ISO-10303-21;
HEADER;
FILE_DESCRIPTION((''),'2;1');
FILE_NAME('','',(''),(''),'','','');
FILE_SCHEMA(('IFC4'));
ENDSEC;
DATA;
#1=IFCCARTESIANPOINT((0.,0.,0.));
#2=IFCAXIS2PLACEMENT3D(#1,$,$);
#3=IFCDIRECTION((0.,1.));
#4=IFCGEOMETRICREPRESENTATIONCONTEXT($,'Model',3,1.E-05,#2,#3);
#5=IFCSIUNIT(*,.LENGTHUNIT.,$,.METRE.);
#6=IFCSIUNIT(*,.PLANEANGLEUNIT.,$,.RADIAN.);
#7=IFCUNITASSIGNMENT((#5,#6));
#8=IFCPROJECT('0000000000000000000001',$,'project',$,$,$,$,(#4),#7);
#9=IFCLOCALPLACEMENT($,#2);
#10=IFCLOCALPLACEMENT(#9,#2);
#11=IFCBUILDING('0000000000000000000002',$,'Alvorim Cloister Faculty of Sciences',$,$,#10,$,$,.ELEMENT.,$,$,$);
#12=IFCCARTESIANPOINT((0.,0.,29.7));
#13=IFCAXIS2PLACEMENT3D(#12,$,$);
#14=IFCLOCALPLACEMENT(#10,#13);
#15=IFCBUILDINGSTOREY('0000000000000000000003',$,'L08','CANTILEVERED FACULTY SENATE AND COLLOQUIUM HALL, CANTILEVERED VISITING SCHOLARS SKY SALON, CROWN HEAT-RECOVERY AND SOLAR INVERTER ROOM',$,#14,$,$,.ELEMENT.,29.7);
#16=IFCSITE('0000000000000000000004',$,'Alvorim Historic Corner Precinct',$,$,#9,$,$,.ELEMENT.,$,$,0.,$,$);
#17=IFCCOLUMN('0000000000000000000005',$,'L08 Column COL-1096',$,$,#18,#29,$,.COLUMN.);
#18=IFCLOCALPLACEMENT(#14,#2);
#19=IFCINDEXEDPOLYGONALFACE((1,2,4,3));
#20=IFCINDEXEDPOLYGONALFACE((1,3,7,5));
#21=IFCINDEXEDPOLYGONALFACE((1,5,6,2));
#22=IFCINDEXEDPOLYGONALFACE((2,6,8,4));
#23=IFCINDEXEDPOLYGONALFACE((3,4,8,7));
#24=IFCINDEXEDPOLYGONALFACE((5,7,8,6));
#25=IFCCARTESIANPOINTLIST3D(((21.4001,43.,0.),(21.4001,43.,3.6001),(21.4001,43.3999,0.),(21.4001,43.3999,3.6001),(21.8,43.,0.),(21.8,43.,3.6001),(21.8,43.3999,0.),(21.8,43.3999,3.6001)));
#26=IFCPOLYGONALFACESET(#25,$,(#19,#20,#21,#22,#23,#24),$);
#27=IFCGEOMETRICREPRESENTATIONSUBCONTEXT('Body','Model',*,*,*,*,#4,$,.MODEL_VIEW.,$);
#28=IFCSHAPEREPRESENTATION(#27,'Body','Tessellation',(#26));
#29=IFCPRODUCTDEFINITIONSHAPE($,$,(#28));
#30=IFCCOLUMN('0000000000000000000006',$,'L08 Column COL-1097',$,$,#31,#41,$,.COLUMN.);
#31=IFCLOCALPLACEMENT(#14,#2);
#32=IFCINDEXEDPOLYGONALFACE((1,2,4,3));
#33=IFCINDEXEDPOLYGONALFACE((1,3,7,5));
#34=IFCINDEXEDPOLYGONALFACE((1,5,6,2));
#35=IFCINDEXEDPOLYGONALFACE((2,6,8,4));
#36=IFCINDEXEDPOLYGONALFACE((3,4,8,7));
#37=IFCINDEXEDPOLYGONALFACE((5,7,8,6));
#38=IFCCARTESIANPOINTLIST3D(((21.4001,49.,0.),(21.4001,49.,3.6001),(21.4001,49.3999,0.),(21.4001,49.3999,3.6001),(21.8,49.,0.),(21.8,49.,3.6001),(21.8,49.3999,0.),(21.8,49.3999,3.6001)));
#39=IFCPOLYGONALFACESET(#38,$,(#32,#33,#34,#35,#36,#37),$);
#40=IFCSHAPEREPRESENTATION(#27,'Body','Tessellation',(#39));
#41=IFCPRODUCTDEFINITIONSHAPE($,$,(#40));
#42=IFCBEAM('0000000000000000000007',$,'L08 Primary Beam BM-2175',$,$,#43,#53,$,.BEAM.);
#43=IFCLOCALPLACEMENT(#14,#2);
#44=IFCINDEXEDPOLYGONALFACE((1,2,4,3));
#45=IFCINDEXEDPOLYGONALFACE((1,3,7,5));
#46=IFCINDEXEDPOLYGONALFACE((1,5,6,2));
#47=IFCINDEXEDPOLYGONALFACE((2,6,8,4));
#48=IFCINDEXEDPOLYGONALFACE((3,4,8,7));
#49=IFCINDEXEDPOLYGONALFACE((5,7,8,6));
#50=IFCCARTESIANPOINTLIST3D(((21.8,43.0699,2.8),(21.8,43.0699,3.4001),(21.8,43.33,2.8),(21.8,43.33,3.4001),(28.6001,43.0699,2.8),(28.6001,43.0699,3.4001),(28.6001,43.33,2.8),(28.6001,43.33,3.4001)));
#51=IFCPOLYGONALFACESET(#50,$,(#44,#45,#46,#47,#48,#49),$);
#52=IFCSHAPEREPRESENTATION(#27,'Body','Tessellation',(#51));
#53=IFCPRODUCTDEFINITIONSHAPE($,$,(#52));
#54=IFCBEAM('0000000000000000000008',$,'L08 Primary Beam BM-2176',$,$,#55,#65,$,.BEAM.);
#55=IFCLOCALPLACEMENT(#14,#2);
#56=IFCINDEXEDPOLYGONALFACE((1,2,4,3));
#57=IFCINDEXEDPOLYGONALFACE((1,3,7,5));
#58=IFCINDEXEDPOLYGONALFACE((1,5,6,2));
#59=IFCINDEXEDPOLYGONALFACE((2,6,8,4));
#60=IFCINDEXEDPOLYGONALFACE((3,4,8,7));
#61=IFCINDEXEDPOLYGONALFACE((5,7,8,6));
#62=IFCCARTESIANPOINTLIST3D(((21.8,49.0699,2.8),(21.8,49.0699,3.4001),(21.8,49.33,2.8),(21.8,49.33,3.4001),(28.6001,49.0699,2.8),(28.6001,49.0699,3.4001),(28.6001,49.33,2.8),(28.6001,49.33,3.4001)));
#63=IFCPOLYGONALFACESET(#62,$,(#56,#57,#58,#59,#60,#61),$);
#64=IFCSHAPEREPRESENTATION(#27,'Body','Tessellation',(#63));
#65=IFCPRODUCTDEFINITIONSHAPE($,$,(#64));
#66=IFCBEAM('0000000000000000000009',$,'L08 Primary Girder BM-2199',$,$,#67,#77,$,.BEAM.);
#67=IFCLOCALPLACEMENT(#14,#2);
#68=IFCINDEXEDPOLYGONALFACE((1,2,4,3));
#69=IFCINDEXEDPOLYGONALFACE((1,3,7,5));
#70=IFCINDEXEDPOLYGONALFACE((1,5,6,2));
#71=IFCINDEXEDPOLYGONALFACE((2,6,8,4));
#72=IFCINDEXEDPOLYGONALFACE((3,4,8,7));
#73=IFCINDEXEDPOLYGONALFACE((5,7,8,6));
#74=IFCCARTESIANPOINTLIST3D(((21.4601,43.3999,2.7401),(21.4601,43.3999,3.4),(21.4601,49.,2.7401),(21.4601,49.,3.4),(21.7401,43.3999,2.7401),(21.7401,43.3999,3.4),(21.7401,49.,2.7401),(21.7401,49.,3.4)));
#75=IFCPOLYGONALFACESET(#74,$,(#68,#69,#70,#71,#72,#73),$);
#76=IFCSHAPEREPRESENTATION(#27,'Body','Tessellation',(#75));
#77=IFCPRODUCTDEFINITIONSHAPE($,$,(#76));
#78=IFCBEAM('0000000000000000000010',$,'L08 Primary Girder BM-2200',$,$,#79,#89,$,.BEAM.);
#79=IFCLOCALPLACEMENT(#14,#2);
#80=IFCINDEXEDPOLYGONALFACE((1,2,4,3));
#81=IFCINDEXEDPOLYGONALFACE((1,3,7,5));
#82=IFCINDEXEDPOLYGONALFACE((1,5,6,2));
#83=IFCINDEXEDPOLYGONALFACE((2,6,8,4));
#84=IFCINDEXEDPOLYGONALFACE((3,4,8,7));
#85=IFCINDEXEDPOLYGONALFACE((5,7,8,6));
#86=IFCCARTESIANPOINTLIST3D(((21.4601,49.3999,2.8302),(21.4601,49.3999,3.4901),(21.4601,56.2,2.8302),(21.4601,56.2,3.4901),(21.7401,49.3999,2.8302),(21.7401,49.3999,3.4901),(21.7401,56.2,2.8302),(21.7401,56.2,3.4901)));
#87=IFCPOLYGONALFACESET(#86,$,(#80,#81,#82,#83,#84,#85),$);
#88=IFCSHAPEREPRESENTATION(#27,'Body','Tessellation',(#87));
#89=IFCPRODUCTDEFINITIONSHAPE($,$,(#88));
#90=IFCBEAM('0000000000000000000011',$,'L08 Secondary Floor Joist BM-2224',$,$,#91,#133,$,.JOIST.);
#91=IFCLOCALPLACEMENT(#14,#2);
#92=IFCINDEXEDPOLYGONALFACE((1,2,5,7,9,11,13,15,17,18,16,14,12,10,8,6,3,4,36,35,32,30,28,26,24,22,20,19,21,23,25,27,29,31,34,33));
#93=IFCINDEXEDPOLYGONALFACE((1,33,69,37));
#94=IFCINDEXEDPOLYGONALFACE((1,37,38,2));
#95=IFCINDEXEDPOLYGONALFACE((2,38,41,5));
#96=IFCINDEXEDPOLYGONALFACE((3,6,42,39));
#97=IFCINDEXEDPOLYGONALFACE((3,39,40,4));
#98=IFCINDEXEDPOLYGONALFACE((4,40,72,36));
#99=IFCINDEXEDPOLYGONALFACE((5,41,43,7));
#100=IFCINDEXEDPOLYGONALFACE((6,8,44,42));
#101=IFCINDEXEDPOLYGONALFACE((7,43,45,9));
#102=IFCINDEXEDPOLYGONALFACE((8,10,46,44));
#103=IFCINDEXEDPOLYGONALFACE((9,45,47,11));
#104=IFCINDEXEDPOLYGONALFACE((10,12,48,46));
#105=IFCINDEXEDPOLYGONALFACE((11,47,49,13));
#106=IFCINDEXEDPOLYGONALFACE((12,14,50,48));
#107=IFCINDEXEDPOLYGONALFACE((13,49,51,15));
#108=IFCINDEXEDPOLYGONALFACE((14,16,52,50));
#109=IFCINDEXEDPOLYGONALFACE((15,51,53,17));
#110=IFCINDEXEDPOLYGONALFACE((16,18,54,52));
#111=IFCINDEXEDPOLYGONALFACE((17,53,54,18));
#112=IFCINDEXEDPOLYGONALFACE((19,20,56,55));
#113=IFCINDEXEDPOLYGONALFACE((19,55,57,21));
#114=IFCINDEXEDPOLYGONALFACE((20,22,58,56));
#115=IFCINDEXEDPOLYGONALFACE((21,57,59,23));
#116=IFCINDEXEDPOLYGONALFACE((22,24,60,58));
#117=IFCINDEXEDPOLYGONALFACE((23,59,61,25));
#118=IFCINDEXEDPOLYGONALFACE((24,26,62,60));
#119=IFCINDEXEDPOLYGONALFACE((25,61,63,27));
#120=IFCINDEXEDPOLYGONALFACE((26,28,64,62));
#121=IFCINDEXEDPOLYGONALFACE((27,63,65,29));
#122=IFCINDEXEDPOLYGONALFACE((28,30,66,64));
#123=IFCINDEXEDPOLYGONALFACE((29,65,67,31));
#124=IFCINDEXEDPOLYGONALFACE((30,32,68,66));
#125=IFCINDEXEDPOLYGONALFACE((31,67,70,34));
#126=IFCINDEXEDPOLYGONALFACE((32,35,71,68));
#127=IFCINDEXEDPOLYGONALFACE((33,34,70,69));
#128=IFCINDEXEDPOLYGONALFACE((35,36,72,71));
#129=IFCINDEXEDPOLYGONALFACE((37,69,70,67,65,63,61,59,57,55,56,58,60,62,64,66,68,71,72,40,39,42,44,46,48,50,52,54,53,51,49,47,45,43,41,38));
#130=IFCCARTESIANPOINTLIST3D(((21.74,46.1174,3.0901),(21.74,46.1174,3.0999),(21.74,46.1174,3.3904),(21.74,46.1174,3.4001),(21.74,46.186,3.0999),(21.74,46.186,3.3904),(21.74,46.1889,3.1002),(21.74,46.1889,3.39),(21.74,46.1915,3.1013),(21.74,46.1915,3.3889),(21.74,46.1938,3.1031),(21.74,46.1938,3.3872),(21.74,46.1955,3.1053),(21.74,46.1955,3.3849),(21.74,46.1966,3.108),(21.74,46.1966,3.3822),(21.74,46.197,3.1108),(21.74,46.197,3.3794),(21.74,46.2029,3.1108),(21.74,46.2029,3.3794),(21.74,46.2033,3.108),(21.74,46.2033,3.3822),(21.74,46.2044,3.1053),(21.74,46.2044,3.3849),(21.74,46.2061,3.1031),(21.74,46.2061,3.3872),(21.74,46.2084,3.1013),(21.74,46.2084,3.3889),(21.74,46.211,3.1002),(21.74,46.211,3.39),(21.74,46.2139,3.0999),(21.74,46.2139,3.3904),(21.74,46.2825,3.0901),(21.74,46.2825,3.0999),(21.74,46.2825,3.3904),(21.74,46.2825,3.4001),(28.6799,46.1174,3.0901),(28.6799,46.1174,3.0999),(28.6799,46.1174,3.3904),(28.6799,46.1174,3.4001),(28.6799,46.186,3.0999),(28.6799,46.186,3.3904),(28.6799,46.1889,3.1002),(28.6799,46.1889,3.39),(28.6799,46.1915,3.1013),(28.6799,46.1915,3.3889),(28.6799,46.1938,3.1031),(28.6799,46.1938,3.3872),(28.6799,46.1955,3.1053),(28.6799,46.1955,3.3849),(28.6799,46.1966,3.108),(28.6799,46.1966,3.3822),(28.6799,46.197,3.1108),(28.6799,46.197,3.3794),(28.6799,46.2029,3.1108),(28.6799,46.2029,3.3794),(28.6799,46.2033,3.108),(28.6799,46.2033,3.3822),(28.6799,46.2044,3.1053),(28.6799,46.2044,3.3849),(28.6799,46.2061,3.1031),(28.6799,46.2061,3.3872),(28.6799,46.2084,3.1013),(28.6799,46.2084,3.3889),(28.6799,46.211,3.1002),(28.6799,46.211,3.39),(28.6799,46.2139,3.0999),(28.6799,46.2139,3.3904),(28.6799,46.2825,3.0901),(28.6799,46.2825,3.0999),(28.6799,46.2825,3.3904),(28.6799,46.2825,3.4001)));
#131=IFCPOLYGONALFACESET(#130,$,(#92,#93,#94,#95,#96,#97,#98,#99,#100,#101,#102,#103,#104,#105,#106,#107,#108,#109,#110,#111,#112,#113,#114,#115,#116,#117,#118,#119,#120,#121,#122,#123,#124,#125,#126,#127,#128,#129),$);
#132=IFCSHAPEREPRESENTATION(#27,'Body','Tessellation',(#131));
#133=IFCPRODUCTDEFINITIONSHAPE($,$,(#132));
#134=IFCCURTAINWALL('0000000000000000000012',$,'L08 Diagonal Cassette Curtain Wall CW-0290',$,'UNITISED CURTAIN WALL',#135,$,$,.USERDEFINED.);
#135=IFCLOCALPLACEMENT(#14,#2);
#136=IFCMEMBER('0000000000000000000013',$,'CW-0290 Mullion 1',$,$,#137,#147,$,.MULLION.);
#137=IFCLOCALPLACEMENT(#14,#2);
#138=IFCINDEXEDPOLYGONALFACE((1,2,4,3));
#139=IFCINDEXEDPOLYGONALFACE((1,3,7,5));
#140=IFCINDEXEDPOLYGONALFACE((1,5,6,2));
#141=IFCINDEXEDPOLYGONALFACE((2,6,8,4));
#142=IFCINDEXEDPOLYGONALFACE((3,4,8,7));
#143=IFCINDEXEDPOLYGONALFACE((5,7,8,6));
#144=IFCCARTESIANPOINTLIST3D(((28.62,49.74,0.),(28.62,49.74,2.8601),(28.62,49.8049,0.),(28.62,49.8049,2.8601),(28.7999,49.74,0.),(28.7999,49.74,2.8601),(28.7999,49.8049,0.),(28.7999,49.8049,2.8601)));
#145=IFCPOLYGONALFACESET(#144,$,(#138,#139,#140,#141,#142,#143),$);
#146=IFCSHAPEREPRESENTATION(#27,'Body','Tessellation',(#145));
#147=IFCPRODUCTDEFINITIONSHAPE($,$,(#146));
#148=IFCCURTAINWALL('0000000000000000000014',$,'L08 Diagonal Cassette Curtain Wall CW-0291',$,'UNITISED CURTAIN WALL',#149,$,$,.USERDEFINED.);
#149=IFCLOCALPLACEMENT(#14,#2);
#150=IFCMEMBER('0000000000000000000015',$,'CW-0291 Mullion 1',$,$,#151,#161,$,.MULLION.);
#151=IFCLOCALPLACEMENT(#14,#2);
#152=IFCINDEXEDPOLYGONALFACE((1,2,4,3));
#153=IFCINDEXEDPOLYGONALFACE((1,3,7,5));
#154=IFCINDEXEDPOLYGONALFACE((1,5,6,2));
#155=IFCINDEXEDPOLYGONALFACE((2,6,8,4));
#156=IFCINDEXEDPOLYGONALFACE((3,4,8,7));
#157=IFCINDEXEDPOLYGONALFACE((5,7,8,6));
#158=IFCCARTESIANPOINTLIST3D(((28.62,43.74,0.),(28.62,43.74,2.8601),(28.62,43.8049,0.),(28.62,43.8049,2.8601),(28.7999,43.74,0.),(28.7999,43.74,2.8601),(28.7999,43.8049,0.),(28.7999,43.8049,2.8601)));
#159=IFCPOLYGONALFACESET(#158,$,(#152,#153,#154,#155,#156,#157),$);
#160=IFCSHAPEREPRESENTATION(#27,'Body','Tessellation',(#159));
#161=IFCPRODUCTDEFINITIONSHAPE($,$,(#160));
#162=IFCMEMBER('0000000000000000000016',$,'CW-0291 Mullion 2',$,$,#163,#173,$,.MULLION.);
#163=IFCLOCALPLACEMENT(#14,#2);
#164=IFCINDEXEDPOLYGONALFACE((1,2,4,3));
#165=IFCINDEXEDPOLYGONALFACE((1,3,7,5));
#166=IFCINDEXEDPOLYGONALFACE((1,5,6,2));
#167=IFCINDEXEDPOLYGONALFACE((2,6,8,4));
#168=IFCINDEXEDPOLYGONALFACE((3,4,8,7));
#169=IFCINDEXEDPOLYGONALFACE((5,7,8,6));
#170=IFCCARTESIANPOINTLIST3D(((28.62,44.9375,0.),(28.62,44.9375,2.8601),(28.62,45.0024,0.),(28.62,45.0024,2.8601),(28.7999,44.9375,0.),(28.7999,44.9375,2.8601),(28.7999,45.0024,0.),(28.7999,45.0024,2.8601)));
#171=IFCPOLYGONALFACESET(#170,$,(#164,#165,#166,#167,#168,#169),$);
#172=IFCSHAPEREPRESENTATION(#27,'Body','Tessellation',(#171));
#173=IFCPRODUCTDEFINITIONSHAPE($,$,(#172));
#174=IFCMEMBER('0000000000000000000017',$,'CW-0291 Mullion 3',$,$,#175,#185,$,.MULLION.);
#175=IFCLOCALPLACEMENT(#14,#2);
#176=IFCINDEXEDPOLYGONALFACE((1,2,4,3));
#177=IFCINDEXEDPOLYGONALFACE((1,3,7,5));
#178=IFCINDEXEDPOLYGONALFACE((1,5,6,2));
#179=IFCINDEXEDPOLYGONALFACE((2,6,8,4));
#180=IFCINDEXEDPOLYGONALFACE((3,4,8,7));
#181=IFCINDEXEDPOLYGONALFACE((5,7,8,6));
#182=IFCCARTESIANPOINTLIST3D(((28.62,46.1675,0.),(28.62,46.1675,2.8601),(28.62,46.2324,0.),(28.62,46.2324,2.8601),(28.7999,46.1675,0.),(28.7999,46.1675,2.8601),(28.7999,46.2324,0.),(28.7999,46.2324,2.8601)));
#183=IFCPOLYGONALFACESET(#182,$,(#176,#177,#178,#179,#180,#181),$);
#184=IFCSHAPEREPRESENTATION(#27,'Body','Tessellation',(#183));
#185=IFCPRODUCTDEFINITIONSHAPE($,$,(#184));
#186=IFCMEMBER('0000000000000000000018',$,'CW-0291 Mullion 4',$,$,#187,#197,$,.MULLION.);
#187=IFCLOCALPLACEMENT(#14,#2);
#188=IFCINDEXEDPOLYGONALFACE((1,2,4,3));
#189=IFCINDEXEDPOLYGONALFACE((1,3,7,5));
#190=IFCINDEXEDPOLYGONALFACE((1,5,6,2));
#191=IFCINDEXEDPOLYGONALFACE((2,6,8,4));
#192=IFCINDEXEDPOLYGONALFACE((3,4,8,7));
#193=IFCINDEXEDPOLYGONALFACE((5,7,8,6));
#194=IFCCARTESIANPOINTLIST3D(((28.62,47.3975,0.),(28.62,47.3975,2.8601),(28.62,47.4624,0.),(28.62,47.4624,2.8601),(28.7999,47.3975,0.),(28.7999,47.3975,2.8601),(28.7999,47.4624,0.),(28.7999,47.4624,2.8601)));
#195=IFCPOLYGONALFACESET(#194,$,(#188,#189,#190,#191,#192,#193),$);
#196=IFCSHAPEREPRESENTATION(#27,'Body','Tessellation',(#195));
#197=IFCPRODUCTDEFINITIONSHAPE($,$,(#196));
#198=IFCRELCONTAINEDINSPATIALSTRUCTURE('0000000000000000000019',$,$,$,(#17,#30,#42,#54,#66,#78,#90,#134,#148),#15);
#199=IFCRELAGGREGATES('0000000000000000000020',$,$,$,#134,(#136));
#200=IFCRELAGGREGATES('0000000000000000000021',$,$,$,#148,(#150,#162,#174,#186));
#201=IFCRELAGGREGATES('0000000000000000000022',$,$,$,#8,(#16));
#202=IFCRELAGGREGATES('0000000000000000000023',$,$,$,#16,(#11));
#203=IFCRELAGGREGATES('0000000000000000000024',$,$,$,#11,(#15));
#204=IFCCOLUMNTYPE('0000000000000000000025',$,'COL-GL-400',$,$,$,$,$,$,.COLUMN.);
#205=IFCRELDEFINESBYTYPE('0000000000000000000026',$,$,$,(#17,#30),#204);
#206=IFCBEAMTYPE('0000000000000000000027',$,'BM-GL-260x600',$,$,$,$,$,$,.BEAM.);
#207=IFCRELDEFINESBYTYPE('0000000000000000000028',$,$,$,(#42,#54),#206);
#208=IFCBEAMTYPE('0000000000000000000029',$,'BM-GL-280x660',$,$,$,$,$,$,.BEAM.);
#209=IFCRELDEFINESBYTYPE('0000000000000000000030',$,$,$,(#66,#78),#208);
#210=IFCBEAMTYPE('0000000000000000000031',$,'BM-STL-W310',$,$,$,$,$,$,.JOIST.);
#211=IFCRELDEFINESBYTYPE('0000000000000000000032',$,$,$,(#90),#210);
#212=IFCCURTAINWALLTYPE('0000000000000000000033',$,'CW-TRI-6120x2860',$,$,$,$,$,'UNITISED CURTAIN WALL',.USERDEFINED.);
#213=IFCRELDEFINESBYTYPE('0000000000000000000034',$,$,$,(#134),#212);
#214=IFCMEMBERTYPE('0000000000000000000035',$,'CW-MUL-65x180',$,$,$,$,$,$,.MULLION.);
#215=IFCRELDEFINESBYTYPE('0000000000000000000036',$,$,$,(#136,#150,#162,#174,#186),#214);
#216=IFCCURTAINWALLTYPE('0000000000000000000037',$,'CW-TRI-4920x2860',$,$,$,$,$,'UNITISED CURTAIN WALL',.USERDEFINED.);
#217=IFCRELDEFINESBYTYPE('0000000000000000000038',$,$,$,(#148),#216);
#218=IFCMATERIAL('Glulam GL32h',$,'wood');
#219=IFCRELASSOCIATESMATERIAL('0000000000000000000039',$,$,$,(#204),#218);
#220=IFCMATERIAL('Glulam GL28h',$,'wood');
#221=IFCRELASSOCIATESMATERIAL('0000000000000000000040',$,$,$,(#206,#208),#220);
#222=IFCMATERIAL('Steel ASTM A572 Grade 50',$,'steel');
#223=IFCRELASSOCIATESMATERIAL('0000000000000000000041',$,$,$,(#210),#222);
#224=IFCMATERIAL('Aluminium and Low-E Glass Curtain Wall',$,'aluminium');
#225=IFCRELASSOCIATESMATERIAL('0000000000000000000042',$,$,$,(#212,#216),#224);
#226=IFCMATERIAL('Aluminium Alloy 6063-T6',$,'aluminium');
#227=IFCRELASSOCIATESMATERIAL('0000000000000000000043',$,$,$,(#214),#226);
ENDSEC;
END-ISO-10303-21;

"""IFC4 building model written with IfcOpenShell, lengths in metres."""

from ifc_helpers import new_model, si_unit, direction, frame, origin, origin_2d, place, context, subcontext, project, spatial, rectangle, i_section, extrude, material, material_profile, profile_set, type_object, element, aggregate, save


model = new_model("IFC4")

# Units and contexts
model_context = context("Model", 3, precision=1e-05, world=origin(), true_north=direction((0.0, 1.0)))
body_context = subcontext(model_context, "Body", "Model", "MODEL_VIEW")
ifc_project = project(units=[si_unit("LENGTHUNIT", "METRE"), si_unit("PLANEANGLEUNIT", "RADIAN")], contexts=[model_context])

# Site, building, storey
site_placement = place(None, origin())
site = spatial("IfcSite", under=ifc_project, at=site_placement, Name="Alvorim Historic Corner Precinct", CompositionType="ELEMENT", RefElevation=0.0)
building_placement = place(site_placement, origin())
building = spatial("IfcBuilding", under=site, at=building_placement, Name="Alvorim Cloister Faculty of Sciences", CompositionType="ELEMENT")
storey_placement = place(building_placement, frame((0.0, 0.0, 29.7)))
storey = spatial("IfcBuildingStorey", under=building, at=storey_placement, Name="L08", Description="CANTILEVERED FACULTY SENATE AND COLLOQUIUM HALL, CANTILEVERED VISITING SCHOLARS SKY SALON, CROWN HEAT-RECOVERY AND SOLAR INVERTER ROOM", CompositionType="ELEMENT", Elevation=29.7)

# Columns
ifc_material_1 = material(Name="Glulam GL32h", Category="wood")
ifc_material_profile_1 = material_profile(ifc_material_1, rectangle(XDim=0.3999, YDim=0.3999, at=origin_2d()), Name="GL32-COL-400x400")
ifc_profile_set_1 = profile_set([ifc_material_profile_1], Name="Glulam GL32h")
column_type = type_object("IfcColumnType", Name="COL-GL-400", PredefinedType="COLUMN", material=ifc_profile_set_1)
for number, where, z_axis, x_axis, name in (
    (1, (21.6001, 43.2, 0.0), (0.0, 0.0, 1.0), (1.0, 0.0, 0.0), "L08 Column COL-1096"),
    (2, (21.6001, 49.2, 0.0), (0.0, 0.0, 1.0), (1.0, 0.0, 0.0), "L08 Column COL-1097"),
):
    element("IfcColumn", number, at=place(storey_placement, frame(where, z_axis=z_axis, x_axis=x_axis)), inside=storey, type_object=column_type, Name=name, PredefinedType="COLUMN", context=body_context, shape_type="SweptSolid", body=[
        extrude(rectangle(XDim=0.3999, YDim=0.3999, at=origin_2d()), origin(), (0.0, 0.0, 1.0), 3.6001),
    ])

# Beams
ifc_material_2 = material(Name="Glulam GL28h", Category="wood")
ifc_material_profile_2 = material_profile(ifc_material_2, rectangle(XDim=0.26, YDim=0.6001, at=origin_2d()), Name="GL28-BM-260x600")
ifc_profile_set_2 = profile_set([ifc_material_profile_2], Name="Glulam GL28h")
beam_type_1 = type_object("IfcBeamType", Name="BM-GL-260x600", PredefinedType="BEAM", material=ifc_profile_set_2)
for number, where, z_axis, x_axis, name in (
    (3, (21.8, 43.2, 3.1001), (1.0, 0.0, 0.0), (0.0, 1.0, 0.0), "L08 Primary Beam BM-2175"),
    (4, (21.8, 49.2, 3.1001), (1.0, 0.0, 0.0), (0.0, 1.0, 0.0), "L08 Primary Beam BM-2176"),
):
    element("IfcBeam", number, at=place(storey_placement, frame(where, z_axis=z_axis, x_axis=x_axis)), inside=storey, type_object=beam_type_1, Name=name, PredefinedType="BEAM", context=body_context, shape_type="SweptSolid", body=[
        extrude(rectangle(XDim=0.26, YDim=0.6001, at=origin_2d()), origin(), (0.0, 0.0, 1.0), 6.8),
    ])
ifc_material_profile_3 = material_profile(ifc_material_2, rectangle(XDim=0.28, YDim=0.6599, at=origin_2d()), Name="GL28-BM-280x660")
ifc_profile_set_3 = profile_set([ifc_material_profile_3], Name="Glulam GL28h")
beam_type_2 = type_object("IfcBeamType", Name="BM-GL-280x660", PredefinedType="BEAM", material=ifc_profile_set_3)
beam_1_placement = place(storey_placement, frame((21.6001, 43.3999, 3.0701), z_axis=(0.0, 1.0, 0.0), x_axis=(-1.0, 0.0, 0.0)))
element("IfcBeam", 5, at=beam_1_placement, inside=storey, type_object=beam_type_2, Name="L08 Primary Girder BM-2199", PredefinedType="BEAM", context=body_context, shape_type="SweptSolid", body=[
    extrude(rectangle(XDim=0.28, YDim=0.6599, at=origin_2d()), origin(), (0.0, 0.0, 1.0), 5.6001),
])
beam_2_placement = place(storey_placement, frame((21.6001, 49.3999, 3.1602), z_axis=(0.0, 1.0, 0.0), x_axis=(-1.0, 0.0, 0.0)))
element("IfcBeam", 6, at=beam_2_placement, inside=storey, type_object=beam_type_2, Name="L08 Primary Girder BM-2200", PredefinedType="BEAM", context=body_context, shape_type="SweptSolid", body=[
    extrude(rectangle(XDim=0.28, YDim=0.6599, at=origin_2d()), origin(), (0.0, 0.0, 1.0), 6.8),
])
ifc_material_3 = material(Name="Steel ASTM A572 Grade 50", Category="steel")
ifc_material_profile_4 = material_profile(ifc_material_3, i_section(OverallWidth=0.165, OverallDepth=0.3101, WebThickness=0.0059, FlangeThickness=0.0098, FilletRadius=0.011, at=origin_2d()), Name="W310x38.7")
ifc_profile_set_4 = profile_set([ifc_material_profile_4], Name="Steel ASTM A572 Grade 50")
beam_type_3 = type_object("IfcBeamType", Name="BM-STL-W310", PredefinedType="JOIST", material=ifc_profile_set_4)
beam_3_placement = place(storey_placement, frame((21.74, 46.2, 3.2451), z_axis=(1.0, 0.0, 0.0), x_axis=(0.0, 1.0, 0.0)))
element("IfcBeam", 7, at=beam_3_placement, inside=storey, type_object=beam_type_3, Name="L08 Secondary Floor Joist BM-2224", PredefinedType="JOIST", context=body_context, shape_type="SweptSolid", body=[
    extrude(i_section(OverallWidth=0.165, OverallDepth=0.3101, WebThickness=0.0059, FlangeThickness=0.0098, FilletRadius=0.011, at=origin_2d()), origin(), (0.0, 0.0, 1.0), 6.9399),
])

# Curtain wall, member
ifc_material_4 = material(Name="Aluminium and Low-E Glass Curtain Wall", Category="aluminium")
curtain_wall_type_1 = type_object("IfcCurtainWallType", Name="CW-TRI-6120x2860", ElementType="UNITISED CURTAIN WALL", PredefinedType="USERDEFINED", material=ifc_material_4)
curtain_wall_1_placement = place(storey_placement, origin())
curtain_wall_1 = element("IfcCurtainWall", 8, at=curtain_wall_1_placement, inside=storey, type_object=curtain_wall_type_1, Name="L08 Diagonal Cassette Curtain Wall CW-0290", ObjectType="UNITISED CURTAIN WALL", PredefinedType="USERDEFINED")
ifc_material_5 = material(Name="Aluminium Alloy 6063-T6", Category="aluminium")
ifc_material_profile_5 = material_profile(ifc_material_5, rectangle(XDim=0.0649, YDim=0.1799, at=origin_2d()), Name="ALU-MUL-65x180")
ifc_profile_set_5 = profile_set([ifc_material_profile_5], Name="Aluminium Alloy 6063-T6")
member_type_1 = type_object("IfcMemberType", Name="CW-MUL-65x180", PredefinedType="MULLION", material=ifc_profile_set_5)
member_1_placement = place(storey_placement, frame((28.71, 49.7725, 0.0), z_axis=(0.0, 0.0, 1.0), x_axis=(0.0, 1.0, 0.0)))
member_1 = element("IfcMember", 9, at=member_1_placement, type_object=member_type_1, Name="CW-0290 Mullion 1", PredefinedType="MULLION", context=body_context, shape_type="SweptSolid", body=[
    extrude(rectangle(XDim=0.0649, YDim=0.1799, at=origin_2d()), origin(), (0.0, 0.0, 1.0), 2.8601),
])

# Curtain wall, members
curtain_wall_type_2 = type_object("IfcCurtainWallType", Name="CW-TRI-4920x2860", ElementType="UNITISED CURTAIN WALL", PredefinedType="USERDEFINED", material=ifc_material_4)
curtain_wall_2_placement = place(storey_placement, origin())
curtain_wall_2 = element("IfcCurtainWall", 10, at=curtain_wall_2_placement, inside=storey, type_object=curtain_wall_type_2, Name="L08 Diagonal Cassette Curtain Wall CW-0291", ObjectType="UNITISED CURTAIN WALL", PredefinedType="USERDEFINED")
member_2_placement = place(storey_placement, frame((28.71, 43.7725, 0.0), z_axis=(0.0, 0.0, 1.0), x_axis=(0.0, 1.0, 0.0)))
member_2 = element("IfcMember", 11, at=member_2_placement, type_object=member_type_1, Name="CW-0291 Mullion 1", PredefinedType="MULLION", context=body_context, shape_type="SweptSolid", body=[
    extrude(rectangle(XDim=0.0649, YDim=0.1799, at=origin_2d()), origin(), (0.0, 0.0, 1.0), 2.8601),
])
member_3_placement = place(storey_placement, frame((28.71, 44.97, 0.0), z_axis=(0.0, 0.0, 1.0), x_axis=(0.0, 1.0, 0.0)))
member_3 = element("IfcMember", 12, at=member_3_placement, type_object=member_type_1, Name="CW-0291 Mullion 2", PredefinedType="MULLION", context=body_context, shape_type="SweptSolid", body=[
    extrude(rectangle(XDim=0.0649, YDim=0.1799, at=origin_2d()), origin(), (0.0, 0.0, 1.0), 2.8601),
])
member_4_placement = place(storey_placement, frame((28.71, 46.2, 0.0), z_axis=(0.0, 0.0, 1.0), x_axis=(0.0, 1.0, 0.0)))
member_4 = element("IfcMember", 13, at=member_4_placement, type_object=member_type_1, Name="CW-0291 Mullion 3", PredefinedType="MULLION", context=body_context, shape_type="SweptSolid", body=[
    extrude(rectangle(XDim=0.0649, YDim=0.1799, at=origin_2d()), origin(), (0.0, 0.0, 1.0), 2.8601),
])
member_5_placement = place(storey_placement, frame((28.71, 47.4299, 0.0), z_axis=(0.0, 0.0, 1.0), x_axis=(0.0, 1.0, 0.0)))
member_5 = element("IfcMember", 14, at=member_5_placement, type_object=member_type_1, Name="CW-0291 Mullion 4", PredefinedType="MULLION", context=body_context, shape_type="SweptSolid", body=[
    extrude(rectangle(XDim=0.0649, YDim=0.1799, at=origin_2d()), origin(), (0.0, 0.0, 1.0), 2.8601),
])

aggregate(curtain_wall_1, [member_1])
aggregate(curtain_wall_2, [member_2, member_3, member_4, member_5])

save(model, "model.ifc")
